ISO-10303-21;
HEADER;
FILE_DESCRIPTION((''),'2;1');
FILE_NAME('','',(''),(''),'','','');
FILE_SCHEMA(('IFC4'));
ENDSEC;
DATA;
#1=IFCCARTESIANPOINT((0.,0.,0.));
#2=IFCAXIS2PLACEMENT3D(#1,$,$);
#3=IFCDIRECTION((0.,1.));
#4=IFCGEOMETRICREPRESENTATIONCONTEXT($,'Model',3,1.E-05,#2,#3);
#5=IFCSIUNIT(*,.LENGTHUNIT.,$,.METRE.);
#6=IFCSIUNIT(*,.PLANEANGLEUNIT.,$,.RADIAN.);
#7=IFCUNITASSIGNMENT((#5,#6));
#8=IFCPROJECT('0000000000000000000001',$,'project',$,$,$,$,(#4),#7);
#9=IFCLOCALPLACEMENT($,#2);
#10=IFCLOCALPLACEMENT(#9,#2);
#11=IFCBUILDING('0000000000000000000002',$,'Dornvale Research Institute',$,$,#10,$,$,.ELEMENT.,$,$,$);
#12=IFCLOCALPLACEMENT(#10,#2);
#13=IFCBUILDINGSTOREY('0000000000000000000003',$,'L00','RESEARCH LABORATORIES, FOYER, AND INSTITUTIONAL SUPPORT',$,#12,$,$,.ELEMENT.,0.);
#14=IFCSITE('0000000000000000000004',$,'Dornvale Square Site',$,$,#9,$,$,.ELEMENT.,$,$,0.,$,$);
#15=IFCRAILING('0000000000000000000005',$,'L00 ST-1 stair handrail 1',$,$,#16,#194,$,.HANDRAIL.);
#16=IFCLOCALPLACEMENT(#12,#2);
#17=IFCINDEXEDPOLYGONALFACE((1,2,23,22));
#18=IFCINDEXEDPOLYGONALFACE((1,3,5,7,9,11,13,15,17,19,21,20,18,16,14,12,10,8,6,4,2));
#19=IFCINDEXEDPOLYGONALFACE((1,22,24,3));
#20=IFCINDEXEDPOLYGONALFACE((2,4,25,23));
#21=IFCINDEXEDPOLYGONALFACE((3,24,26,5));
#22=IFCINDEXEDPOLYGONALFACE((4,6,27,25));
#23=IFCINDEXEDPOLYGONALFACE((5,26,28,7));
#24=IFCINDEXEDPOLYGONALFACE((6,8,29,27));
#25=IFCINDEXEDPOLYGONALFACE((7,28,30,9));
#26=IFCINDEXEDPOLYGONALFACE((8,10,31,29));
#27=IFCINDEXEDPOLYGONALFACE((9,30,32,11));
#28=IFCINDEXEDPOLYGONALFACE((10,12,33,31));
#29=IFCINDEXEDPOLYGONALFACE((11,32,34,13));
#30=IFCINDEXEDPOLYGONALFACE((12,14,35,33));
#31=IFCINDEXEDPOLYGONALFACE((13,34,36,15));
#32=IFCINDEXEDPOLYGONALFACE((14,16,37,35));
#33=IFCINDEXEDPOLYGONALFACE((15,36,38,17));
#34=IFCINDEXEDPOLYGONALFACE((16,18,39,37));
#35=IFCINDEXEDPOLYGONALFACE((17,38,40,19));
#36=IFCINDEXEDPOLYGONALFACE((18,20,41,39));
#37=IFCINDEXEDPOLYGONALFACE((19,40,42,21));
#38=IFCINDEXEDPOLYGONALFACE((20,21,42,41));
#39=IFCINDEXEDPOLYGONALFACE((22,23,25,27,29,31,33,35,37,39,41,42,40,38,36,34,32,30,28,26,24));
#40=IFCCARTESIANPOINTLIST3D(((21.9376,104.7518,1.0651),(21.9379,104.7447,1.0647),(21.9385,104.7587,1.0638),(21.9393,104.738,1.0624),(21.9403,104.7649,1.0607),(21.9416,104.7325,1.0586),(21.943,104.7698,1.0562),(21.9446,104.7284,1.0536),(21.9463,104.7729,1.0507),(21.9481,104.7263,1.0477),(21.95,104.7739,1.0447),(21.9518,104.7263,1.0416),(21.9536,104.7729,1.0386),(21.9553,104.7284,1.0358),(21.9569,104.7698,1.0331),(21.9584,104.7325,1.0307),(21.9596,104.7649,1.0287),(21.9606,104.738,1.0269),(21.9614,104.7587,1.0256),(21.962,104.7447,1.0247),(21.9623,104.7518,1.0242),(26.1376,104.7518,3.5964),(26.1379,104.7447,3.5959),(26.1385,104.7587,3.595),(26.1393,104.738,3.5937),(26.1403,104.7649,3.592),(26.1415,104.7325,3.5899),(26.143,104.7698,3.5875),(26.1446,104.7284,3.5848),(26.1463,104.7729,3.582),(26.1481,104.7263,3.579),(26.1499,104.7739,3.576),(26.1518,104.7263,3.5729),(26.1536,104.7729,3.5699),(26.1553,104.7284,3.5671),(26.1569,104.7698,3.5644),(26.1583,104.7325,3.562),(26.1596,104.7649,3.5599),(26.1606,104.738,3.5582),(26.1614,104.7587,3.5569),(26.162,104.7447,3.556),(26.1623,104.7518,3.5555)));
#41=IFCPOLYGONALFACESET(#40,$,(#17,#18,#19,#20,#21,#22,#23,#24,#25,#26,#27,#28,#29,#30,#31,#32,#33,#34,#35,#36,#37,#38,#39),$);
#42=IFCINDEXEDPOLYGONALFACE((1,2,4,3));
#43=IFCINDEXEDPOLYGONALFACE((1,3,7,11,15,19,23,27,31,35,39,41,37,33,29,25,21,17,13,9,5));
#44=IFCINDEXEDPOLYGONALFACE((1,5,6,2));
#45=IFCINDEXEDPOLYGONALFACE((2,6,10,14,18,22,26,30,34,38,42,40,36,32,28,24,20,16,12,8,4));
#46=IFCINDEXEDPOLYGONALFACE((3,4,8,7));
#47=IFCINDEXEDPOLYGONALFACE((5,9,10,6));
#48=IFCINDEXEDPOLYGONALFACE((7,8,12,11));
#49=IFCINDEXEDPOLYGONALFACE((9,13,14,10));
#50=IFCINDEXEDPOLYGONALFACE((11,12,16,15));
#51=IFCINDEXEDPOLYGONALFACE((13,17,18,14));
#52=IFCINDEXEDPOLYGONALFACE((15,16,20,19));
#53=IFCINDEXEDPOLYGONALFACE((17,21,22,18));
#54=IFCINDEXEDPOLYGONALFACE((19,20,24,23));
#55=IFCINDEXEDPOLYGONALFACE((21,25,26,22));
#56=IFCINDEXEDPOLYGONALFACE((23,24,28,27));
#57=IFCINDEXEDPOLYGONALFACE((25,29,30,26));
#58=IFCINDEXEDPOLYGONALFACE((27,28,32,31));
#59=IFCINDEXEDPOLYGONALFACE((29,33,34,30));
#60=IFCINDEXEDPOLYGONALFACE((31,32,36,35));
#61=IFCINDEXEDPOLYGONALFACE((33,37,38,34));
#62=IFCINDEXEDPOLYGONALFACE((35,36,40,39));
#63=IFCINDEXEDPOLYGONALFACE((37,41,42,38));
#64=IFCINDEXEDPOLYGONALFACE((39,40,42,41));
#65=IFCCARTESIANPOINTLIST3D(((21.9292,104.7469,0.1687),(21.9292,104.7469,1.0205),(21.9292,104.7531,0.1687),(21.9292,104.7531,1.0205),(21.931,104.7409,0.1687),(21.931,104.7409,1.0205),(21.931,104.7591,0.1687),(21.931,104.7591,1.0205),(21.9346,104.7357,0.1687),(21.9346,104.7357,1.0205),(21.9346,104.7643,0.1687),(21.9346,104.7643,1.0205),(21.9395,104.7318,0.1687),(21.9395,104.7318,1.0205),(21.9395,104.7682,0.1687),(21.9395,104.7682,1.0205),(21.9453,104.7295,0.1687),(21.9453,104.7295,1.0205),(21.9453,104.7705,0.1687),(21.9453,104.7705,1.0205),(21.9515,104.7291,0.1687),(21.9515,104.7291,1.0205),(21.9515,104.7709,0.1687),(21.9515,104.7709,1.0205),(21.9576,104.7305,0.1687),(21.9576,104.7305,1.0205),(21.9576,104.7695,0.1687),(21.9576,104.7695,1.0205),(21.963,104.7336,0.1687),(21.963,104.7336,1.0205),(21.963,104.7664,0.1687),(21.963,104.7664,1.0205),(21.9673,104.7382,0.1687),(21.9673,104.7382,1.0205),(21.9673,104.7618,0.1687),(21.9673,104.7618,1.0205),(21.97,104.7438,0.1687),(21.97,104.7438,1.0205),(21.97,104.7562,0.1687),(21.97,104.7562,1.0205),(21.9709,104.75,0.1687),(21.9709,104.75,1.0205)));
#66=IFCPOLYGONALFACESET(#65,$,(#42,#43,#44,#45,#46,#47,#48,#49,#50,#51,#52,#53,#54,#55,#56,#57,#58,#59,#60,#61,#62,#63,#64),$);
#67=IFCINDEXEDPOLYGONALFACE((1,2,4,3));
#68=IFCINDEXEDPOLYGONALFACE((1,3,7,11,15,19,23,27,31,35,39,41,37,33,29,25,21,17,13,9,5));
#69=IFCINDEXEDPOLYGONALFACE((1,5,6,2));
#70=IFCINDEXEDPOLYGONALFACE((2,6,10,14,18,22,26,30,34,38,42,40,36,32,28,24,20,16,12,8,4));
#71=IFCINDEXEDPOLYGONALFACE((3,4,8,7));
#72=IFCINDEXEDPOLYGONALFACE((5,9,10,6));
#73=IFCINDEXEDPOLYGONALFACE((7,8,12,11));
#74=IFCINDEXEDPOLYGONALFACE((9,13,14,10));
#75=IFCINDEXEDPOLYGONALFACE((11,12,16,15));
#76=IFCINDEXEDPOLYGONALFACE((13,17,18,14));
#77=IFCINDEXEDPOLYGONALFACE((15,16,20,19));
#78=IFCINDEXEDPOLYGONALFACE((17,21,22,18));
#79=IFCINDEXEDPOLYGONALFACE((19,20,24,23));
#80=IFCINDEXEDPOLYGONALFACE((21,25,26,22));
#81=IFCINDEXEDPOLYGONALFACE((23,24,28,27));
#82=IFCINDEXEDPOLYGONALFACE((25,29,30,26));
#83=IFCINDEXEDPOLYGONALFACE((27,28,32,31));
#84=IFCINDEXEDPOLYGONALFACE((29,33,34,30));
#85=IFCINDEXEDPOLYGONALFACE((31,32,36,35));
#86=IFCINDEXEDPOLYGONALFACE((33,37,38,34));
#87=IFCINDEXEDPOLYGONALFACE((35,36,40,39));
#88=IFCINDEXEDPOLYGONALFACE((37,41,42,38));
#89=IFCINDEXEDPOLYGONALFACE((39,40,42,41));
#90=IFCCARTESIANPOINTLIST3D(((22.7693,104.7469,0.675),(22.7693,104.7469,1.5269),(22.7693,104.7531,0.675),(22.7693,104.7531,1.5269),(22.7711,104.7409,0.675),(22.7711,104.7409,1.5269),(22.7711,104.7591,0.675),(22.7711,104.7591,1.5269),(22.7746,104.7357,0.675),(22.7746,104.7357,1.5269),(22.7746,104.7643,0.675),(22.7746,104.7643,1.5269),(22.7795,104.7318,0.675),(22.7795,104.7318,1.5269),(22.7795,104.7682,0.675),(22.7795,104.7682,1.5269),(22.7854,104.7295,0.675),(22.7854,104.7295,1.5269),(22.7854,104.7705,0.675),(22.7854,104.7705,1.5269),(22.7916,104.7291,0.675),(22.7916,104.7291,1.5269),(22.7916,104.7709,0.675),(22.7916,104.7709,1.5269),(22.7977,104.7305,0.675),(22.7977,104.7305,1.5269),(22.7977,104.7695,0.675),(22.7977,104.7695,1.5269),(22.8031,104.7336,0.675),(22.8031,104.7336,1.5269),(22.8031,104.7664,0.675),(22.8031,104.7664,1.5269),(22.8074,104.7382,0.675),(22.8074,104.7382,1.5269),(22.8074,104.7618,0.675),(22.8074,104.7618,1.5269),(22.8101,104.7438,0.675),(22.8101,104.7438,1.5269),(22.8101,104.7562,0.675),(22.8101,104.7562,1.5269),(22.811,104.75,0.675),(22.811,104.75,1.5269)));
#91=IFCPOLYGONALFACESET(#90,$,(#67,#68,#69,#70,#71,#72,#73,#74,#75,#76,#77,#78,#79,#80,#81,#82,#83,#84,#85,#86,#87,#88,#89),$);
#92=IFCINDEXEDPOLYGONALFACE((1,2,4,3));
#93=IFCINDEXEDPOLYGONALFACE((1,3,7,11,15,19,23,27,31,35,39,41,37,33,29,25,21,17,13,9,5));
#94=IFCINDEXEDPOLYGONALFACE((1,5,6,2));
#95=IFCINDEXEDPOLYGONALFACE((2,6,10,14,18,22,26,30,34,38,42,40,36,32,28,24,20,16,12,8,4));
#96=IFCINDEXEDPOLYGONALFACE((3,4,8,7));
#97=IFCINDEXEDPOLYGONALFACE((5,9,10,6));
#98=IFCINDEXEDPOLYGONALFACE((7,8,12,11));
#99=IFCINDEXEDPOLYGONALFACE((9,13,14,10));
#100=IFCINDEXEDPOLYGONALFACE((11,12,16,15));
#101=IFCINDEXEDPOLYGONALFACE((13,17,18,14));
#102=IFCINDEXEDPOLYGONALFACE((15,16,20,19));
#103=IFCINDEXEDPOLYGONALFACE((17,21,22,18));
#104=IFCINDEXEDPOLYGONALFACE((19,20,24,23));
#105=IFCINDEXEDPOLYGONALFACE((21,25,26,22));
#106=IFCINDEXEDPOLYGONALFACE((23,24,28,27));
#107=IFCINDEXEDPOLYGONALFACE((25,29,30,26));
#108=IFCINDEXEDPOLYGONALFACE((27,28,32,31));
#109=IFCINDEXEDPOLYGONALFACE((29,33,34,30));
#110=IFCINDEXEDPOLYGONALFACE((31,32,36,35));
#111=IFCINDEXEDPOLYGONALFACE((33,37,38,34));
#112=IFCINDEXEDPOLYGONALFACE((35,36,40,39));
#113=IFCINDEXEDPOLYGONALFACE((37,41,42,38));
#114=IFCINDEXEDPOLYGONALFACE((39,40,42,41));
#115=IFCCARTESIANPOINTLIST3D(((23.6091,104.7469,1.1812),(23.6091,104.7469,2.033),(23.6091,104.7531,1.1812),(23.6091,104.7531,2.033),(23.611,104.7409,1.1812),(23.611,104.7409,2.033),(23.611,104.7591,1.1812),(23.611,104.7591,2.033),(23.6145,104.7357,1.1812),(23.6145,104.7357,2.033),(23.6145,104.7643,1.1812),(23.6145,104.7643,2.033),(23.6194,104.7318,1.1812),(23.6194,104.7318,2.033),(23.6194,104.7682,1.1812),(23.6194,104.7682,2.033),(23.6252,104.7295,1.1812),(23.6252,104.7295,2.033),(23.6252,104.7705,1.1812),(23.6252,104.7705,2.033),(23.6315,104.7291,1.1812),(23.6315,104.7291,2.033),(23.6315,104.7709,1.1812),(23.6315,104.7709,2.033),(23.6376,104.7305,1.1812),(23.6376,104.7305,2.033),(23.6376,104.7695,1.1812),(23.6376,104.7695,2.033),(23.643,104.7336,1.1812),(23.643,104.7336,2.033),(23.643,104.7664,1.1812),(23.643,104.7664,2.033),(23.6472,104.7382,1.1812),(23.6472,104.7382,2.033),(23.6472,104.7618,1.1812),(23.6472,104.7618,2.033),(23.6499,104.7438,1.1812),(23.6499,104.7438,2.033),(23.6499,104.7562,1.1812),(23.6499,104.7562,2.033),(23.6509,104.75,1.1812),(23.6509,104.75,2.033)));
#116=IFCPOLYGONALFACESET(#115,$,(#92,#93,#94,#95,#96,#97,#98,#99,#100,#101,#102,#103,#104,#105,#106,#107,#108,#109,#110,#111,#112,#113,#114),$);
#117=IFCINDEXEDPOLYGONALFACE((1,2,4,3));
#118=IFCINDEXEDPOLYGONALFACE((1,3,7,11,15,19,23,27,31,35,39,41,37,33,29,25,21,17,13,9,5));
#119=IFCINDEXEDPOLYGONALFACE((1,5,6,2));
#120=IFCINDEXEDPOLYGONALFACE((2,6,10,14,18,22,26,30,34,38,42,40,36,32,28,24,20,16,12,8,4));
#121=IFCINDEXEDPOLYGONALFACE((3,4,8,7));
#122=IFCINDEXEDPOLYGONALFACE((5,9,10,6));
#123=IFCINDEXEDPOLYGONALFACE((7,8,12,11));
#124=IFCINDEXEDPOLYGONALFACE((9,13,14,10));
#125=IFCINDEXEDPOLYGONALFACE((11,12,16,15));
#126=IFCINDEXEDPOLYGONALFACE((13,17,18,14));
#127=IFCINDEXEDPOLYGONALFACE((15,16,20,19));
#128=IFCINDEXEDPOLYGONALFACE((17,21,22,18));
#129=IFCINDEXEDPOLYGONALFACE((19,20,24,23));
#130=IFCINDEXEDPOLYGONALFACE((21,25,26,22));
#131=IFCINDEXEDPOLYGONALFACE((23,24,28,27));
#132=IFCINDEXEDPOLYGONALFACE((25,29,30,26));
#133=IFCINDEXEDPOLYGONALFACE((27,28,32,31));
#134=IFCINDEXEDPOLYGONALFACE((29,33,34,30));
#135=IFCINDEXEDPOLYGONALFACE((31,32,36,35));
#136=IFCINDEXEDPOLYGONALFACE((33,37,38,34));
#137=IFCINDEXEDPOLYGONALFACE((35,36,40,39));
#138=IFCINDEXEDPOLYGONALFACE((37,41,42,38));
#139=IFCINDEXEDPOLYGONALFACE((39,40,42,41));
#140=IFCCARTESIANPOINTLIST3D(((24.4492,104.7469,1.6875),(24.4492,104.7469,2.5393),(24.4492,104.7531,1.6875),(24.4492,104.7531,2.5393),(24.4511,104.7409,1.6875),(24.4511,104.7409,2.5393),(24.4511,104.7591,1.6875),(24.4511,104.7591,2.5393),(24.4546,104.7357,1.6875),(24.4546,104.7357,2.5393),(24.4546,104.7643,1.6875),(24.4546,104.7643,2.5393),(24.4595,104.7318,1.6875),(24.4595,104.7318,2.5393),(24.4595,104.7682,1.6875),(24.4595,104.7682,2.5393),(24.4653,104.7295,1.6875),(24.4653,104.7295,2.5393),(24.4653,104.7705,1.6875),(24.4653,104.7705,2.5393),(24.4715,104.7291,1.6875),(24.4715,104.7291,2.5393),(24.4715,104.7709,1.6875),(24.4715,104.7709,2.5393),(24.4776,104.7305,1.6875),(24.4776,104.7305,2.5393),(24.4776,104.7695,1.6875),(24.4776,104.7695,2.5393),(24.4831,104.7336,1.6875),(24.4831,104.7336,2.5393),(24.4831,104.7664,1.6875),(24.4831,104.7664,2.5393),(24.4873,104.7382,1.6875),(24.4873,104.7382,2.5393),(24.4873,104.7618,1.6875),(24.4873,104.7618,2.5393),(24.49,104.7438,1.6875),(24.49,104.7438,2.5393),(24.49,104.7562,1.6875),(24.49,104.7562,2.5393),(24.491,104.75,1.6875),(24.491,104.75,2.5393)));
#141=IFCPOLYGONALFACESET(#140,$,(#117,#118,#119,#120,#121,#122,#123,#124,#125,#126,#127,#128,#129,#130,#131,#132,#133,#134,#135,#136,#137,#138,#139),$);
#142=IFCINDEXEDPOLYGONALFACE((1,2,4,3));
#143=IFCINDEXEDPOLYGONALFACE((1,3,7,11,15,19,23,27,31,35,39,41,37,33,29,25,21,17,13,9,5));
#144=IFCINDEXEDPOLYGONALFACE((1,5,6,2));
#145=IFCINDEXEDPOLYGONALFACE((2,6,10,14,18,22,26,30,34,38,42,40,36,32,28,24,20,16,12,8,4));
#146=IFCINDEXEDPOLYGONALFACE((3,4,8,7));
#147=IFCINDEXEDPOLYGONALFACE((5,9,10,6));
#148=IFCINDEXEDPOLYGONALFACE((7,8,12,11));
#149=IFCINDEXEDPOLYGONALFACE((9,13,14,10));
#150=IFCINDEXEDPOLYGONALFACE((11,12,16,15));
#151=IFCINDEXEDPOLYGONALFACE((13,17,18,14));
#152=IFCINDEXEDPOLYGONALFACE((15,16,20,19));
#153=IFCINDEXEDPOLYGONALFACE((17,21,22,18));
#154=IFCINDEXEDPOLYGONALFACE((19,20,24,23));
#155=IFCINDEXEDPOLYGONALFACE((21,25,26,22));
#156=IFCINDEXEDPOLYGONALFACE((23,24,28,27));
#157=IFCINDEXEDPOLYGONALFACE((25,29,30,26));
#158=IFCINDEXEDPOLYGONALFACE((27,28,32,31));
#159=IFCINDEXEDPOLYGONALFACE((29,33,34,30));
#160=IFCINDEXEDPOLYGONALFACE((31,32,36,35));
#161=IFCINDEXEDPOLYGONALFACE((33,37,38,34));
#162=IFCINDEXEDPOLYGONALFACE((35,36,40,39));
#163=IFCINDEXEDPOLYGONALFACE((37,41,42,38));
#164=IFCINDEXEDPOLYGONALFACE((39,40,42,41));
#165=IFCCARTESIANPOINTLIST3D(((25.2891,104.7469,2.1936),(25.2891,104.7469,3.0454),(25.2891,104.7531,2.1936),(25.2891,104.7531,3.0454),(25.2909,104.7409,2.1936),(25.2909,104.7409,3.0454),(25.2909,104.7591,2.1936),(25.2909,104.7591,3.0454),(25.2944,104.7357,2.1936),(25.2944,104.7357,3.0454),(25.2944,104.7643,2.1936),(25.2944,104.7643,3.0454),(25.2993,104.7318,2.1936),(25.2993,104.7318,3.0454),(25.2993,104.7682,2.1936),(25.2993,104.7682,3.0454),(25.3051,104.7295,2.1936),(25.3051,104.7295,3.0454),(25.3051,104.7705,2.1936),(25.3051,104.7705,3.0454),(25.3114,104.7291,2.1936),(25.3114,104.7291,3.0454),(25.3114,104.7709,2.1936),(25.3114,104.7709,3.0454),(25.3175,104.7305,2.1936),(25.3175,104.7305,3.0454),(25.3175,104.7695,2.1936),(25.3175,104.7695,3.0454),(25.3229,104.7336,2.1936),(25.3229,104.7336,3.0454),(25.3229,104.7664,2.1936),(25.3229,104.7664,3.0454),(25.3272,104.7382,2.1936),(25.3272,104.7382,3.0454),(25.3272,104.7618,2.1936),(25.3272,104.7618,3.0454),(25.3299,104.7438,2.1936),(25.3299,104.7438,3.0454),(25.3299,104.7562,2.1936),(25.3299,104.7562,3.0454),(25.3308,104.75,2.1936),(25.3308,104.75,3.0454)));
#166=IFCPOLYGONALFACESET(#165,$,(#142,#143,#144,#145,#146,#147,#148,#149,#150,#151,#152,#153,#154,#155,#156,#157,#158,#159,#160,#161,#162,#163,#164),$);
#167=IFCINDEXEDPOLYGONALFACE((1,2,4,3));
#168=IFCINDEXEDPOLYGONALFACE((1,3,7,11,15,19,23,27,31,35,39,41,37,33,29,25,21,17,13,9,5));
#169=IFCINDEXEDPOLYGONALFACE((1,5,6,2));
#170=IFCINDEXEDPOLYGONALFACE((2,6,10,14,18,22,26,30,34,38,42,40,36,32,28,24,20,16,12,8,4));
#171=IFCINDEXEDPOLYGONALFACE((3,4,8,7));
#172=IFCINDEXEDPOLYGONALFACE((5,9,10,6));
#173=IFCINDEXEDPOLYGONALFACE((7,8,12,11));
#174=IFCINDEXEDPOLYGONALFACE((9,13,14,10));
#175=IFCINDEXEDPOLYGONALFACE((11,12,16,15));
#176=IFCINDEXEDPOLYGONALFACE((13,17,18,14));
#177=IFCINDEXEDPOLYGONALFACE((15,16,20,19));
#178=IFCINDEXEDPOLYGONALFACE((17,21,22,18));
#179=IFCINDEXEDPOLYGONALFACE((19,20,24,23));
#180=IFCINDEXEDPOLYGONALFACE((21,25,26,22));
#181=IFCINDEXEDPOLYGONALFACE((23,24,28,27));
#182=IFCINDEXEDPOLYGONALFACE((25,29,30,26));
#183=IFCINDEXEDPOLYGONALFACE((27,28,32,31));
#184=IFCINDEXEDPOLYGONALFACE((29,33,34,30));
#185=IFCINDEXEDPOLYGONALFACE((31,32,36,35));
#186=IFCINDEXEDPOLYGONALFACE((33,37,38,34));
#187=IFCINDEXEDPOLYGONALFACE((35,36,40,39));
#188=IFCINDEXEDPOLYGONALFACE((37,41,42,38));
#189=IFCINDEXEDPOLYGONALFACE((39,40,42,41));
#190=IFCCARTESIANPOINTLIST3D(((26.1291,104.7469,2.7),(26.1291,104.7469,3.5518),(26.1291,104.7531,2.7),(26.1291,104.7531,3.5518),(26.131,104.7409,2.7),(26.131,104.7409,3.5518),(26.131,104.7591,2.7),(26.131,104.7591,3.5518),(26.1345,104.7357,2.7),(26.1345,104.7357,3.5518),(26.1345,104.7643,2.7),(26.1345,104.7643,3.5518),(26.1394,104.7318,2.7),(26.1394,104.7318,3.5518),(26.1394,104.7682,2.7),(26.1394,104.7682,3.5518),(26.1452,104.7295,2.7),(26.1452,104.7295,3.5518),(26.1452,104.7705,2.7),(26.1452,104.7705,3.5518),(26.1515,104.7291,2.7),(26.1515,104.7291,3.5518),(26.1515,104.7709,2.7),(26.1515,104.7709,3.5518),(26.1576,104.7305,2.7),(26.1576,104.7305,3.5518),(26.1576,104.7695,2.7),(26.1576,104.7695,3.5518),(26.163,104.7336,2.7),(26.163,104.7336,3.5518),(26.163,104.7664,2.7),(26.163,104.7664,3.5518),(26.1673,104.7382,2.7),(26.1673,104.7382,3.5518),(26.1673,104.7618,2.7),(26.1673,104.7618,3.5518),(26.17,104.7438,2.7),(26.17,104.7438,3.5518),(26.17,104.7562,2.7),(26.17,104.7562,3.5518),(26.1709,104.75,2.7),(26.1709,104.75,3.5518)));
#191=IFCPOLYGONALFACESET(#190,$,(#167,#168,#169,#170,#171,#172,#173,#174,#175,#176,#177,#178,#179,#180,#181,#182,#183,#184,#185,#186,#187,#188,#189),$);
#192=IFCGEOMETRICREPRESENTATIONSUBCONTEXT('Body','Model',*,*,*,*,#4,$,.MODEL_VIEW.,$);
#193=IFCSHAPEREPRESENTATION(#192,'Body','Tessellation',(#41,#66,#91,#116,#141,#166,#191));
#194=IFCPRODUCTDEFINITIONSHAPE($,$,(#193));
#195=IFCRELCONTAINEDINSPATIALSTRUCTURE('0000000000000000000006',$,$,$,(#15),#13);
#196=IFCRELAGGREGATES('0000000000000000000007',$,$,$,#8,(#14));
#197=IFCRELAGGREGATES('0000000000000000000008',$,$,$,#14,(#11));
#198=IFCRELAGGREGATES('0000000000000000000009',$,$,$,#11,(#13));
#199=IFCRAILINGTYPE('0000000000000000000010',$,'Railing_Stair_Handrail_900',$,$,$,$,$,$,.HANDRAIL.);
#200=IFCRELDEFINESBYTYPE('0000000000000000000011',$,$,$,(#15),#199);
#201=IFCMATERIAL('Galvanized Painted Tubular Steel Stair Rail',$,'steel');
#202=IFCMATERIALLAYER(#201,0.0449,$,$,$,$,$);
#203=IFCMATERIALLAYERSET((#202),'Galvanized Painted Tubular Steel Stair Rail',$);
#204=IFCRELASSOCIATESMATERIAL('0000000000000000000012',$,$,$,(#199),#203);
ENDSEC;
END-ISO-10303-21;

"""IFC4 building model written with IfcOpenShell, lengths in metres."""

from ifc_helpers import new_model, si_unit, direction, frame, origin, origin_2d, place, context, subcontext, project, spatial, circle, extrude, material, layer, layer_set, type_object, element, save


model = new_model("IFC4")

# Units and contexts
model_context = context("Model", 3, precision=1e-05, world=origin(), true_north=direction((0.0, 1.0)))
body_context = subcontext(model_context, "Body", "Model", "MODEL_VIEW")
ifc_project = project(units=[si_unit("LENGTHUNIT", "METRE"), si_unit("PLANEANGLEUNIT", "RADIAN")], contexts=[model_context])

# Site, building, storey
site_placement = place(None, origin())
site = spatial("IfcSite", under=ifc_project, at=site_placement, Name="Dornvale Square Site", CompositionType="ELEMENT", RefElevation=0.0)
building_placement = place(site_placement, origin())
building = spatial("IfcBuilding", under=site, at=building_placement, Name="Dornvale Research Institute", CompositionType="ELEMENT")
storey_placement = place(building_placement, origin())
storey = spatial("IfcBuildingStorey", under=building, at=storey_placement, Name="L00", Description="RESEARCH LABORATORIES, FOYER, AND INSTITUTIONAL SUPPORT", CompositionType="ELEMENT", Elevation=0.0)

# Railing
ifc_material_1 = material(Name="Galvanized Painted Tubular Steel Stair Rail", Category="steel")
ifc_layer_1 = layer(ifc_material_1, 0.0449)
ifc_layer_set_1 = layer_set([ifc_layer_1], Name="Galvanized Painted Tubular Steel Stair Rail")
railing_type_1 = type_object("IfcRailingType", Name="Railing_Stair_Handrail_900", PredefinedType="HANDRAIL", material=ifc_layer_set_1)
railing_1_placement = place(storey_placement, frame((21.95, 104.75, 0.1687)))
element("IfcRailing", 1, at=railing_1_placement, inside=storey, type_object=railing_type_1, Name="L00 ST-1 stair handrail 1", PredefinedType="HANDRAIL", context=body_context, shape_type="SweptSolid", body=[
    extrude(circle(Radius=0.0239, at=origin_2d()), frame((0.0, 0.0, 0.876), z_axis=(0.856476, 0.0, 0.516186), x_axis=(0.0, 1.0, 0.0)), (0.0, 0.0, 1.0), 4.9038),
    extrude(circle(Radius=0.021, at=origin_2d()), origin(), (0.0, 0.0, 1.0), 0.8518),
    extrude(circle(Radius=0.021, at=origin_2d()), frame((0.8401, 0.0, 0.5063)), (0.0, 0.0, 1.0), 0.8518),
    extrude(circle(Radius=0.021, at=origin_2d()), frame((1.6799, 0.0, 1.0125)), (0.0, 0.0, 1.0), 0.8518),
    extrude(circle(Radius=0.021, at=origin_2d()), frame((2.52, 0.0, 1.5188)), (0.0, 0.0, 1.0), 0.8518),
    extrude(circle(Radius=0.021, at=origin_2d()), frame((3.3599, 0.0, 2.0249)), (0.0, 0.0, 1.0), 0.8518),
    extrude(circle(Radius=0.021, at=origin_2d()), frame((4.2, 0.0, 2.5312)), (0.0, 0.0, 1.0), 0.8518),
])

save(model, "model.ifc")
